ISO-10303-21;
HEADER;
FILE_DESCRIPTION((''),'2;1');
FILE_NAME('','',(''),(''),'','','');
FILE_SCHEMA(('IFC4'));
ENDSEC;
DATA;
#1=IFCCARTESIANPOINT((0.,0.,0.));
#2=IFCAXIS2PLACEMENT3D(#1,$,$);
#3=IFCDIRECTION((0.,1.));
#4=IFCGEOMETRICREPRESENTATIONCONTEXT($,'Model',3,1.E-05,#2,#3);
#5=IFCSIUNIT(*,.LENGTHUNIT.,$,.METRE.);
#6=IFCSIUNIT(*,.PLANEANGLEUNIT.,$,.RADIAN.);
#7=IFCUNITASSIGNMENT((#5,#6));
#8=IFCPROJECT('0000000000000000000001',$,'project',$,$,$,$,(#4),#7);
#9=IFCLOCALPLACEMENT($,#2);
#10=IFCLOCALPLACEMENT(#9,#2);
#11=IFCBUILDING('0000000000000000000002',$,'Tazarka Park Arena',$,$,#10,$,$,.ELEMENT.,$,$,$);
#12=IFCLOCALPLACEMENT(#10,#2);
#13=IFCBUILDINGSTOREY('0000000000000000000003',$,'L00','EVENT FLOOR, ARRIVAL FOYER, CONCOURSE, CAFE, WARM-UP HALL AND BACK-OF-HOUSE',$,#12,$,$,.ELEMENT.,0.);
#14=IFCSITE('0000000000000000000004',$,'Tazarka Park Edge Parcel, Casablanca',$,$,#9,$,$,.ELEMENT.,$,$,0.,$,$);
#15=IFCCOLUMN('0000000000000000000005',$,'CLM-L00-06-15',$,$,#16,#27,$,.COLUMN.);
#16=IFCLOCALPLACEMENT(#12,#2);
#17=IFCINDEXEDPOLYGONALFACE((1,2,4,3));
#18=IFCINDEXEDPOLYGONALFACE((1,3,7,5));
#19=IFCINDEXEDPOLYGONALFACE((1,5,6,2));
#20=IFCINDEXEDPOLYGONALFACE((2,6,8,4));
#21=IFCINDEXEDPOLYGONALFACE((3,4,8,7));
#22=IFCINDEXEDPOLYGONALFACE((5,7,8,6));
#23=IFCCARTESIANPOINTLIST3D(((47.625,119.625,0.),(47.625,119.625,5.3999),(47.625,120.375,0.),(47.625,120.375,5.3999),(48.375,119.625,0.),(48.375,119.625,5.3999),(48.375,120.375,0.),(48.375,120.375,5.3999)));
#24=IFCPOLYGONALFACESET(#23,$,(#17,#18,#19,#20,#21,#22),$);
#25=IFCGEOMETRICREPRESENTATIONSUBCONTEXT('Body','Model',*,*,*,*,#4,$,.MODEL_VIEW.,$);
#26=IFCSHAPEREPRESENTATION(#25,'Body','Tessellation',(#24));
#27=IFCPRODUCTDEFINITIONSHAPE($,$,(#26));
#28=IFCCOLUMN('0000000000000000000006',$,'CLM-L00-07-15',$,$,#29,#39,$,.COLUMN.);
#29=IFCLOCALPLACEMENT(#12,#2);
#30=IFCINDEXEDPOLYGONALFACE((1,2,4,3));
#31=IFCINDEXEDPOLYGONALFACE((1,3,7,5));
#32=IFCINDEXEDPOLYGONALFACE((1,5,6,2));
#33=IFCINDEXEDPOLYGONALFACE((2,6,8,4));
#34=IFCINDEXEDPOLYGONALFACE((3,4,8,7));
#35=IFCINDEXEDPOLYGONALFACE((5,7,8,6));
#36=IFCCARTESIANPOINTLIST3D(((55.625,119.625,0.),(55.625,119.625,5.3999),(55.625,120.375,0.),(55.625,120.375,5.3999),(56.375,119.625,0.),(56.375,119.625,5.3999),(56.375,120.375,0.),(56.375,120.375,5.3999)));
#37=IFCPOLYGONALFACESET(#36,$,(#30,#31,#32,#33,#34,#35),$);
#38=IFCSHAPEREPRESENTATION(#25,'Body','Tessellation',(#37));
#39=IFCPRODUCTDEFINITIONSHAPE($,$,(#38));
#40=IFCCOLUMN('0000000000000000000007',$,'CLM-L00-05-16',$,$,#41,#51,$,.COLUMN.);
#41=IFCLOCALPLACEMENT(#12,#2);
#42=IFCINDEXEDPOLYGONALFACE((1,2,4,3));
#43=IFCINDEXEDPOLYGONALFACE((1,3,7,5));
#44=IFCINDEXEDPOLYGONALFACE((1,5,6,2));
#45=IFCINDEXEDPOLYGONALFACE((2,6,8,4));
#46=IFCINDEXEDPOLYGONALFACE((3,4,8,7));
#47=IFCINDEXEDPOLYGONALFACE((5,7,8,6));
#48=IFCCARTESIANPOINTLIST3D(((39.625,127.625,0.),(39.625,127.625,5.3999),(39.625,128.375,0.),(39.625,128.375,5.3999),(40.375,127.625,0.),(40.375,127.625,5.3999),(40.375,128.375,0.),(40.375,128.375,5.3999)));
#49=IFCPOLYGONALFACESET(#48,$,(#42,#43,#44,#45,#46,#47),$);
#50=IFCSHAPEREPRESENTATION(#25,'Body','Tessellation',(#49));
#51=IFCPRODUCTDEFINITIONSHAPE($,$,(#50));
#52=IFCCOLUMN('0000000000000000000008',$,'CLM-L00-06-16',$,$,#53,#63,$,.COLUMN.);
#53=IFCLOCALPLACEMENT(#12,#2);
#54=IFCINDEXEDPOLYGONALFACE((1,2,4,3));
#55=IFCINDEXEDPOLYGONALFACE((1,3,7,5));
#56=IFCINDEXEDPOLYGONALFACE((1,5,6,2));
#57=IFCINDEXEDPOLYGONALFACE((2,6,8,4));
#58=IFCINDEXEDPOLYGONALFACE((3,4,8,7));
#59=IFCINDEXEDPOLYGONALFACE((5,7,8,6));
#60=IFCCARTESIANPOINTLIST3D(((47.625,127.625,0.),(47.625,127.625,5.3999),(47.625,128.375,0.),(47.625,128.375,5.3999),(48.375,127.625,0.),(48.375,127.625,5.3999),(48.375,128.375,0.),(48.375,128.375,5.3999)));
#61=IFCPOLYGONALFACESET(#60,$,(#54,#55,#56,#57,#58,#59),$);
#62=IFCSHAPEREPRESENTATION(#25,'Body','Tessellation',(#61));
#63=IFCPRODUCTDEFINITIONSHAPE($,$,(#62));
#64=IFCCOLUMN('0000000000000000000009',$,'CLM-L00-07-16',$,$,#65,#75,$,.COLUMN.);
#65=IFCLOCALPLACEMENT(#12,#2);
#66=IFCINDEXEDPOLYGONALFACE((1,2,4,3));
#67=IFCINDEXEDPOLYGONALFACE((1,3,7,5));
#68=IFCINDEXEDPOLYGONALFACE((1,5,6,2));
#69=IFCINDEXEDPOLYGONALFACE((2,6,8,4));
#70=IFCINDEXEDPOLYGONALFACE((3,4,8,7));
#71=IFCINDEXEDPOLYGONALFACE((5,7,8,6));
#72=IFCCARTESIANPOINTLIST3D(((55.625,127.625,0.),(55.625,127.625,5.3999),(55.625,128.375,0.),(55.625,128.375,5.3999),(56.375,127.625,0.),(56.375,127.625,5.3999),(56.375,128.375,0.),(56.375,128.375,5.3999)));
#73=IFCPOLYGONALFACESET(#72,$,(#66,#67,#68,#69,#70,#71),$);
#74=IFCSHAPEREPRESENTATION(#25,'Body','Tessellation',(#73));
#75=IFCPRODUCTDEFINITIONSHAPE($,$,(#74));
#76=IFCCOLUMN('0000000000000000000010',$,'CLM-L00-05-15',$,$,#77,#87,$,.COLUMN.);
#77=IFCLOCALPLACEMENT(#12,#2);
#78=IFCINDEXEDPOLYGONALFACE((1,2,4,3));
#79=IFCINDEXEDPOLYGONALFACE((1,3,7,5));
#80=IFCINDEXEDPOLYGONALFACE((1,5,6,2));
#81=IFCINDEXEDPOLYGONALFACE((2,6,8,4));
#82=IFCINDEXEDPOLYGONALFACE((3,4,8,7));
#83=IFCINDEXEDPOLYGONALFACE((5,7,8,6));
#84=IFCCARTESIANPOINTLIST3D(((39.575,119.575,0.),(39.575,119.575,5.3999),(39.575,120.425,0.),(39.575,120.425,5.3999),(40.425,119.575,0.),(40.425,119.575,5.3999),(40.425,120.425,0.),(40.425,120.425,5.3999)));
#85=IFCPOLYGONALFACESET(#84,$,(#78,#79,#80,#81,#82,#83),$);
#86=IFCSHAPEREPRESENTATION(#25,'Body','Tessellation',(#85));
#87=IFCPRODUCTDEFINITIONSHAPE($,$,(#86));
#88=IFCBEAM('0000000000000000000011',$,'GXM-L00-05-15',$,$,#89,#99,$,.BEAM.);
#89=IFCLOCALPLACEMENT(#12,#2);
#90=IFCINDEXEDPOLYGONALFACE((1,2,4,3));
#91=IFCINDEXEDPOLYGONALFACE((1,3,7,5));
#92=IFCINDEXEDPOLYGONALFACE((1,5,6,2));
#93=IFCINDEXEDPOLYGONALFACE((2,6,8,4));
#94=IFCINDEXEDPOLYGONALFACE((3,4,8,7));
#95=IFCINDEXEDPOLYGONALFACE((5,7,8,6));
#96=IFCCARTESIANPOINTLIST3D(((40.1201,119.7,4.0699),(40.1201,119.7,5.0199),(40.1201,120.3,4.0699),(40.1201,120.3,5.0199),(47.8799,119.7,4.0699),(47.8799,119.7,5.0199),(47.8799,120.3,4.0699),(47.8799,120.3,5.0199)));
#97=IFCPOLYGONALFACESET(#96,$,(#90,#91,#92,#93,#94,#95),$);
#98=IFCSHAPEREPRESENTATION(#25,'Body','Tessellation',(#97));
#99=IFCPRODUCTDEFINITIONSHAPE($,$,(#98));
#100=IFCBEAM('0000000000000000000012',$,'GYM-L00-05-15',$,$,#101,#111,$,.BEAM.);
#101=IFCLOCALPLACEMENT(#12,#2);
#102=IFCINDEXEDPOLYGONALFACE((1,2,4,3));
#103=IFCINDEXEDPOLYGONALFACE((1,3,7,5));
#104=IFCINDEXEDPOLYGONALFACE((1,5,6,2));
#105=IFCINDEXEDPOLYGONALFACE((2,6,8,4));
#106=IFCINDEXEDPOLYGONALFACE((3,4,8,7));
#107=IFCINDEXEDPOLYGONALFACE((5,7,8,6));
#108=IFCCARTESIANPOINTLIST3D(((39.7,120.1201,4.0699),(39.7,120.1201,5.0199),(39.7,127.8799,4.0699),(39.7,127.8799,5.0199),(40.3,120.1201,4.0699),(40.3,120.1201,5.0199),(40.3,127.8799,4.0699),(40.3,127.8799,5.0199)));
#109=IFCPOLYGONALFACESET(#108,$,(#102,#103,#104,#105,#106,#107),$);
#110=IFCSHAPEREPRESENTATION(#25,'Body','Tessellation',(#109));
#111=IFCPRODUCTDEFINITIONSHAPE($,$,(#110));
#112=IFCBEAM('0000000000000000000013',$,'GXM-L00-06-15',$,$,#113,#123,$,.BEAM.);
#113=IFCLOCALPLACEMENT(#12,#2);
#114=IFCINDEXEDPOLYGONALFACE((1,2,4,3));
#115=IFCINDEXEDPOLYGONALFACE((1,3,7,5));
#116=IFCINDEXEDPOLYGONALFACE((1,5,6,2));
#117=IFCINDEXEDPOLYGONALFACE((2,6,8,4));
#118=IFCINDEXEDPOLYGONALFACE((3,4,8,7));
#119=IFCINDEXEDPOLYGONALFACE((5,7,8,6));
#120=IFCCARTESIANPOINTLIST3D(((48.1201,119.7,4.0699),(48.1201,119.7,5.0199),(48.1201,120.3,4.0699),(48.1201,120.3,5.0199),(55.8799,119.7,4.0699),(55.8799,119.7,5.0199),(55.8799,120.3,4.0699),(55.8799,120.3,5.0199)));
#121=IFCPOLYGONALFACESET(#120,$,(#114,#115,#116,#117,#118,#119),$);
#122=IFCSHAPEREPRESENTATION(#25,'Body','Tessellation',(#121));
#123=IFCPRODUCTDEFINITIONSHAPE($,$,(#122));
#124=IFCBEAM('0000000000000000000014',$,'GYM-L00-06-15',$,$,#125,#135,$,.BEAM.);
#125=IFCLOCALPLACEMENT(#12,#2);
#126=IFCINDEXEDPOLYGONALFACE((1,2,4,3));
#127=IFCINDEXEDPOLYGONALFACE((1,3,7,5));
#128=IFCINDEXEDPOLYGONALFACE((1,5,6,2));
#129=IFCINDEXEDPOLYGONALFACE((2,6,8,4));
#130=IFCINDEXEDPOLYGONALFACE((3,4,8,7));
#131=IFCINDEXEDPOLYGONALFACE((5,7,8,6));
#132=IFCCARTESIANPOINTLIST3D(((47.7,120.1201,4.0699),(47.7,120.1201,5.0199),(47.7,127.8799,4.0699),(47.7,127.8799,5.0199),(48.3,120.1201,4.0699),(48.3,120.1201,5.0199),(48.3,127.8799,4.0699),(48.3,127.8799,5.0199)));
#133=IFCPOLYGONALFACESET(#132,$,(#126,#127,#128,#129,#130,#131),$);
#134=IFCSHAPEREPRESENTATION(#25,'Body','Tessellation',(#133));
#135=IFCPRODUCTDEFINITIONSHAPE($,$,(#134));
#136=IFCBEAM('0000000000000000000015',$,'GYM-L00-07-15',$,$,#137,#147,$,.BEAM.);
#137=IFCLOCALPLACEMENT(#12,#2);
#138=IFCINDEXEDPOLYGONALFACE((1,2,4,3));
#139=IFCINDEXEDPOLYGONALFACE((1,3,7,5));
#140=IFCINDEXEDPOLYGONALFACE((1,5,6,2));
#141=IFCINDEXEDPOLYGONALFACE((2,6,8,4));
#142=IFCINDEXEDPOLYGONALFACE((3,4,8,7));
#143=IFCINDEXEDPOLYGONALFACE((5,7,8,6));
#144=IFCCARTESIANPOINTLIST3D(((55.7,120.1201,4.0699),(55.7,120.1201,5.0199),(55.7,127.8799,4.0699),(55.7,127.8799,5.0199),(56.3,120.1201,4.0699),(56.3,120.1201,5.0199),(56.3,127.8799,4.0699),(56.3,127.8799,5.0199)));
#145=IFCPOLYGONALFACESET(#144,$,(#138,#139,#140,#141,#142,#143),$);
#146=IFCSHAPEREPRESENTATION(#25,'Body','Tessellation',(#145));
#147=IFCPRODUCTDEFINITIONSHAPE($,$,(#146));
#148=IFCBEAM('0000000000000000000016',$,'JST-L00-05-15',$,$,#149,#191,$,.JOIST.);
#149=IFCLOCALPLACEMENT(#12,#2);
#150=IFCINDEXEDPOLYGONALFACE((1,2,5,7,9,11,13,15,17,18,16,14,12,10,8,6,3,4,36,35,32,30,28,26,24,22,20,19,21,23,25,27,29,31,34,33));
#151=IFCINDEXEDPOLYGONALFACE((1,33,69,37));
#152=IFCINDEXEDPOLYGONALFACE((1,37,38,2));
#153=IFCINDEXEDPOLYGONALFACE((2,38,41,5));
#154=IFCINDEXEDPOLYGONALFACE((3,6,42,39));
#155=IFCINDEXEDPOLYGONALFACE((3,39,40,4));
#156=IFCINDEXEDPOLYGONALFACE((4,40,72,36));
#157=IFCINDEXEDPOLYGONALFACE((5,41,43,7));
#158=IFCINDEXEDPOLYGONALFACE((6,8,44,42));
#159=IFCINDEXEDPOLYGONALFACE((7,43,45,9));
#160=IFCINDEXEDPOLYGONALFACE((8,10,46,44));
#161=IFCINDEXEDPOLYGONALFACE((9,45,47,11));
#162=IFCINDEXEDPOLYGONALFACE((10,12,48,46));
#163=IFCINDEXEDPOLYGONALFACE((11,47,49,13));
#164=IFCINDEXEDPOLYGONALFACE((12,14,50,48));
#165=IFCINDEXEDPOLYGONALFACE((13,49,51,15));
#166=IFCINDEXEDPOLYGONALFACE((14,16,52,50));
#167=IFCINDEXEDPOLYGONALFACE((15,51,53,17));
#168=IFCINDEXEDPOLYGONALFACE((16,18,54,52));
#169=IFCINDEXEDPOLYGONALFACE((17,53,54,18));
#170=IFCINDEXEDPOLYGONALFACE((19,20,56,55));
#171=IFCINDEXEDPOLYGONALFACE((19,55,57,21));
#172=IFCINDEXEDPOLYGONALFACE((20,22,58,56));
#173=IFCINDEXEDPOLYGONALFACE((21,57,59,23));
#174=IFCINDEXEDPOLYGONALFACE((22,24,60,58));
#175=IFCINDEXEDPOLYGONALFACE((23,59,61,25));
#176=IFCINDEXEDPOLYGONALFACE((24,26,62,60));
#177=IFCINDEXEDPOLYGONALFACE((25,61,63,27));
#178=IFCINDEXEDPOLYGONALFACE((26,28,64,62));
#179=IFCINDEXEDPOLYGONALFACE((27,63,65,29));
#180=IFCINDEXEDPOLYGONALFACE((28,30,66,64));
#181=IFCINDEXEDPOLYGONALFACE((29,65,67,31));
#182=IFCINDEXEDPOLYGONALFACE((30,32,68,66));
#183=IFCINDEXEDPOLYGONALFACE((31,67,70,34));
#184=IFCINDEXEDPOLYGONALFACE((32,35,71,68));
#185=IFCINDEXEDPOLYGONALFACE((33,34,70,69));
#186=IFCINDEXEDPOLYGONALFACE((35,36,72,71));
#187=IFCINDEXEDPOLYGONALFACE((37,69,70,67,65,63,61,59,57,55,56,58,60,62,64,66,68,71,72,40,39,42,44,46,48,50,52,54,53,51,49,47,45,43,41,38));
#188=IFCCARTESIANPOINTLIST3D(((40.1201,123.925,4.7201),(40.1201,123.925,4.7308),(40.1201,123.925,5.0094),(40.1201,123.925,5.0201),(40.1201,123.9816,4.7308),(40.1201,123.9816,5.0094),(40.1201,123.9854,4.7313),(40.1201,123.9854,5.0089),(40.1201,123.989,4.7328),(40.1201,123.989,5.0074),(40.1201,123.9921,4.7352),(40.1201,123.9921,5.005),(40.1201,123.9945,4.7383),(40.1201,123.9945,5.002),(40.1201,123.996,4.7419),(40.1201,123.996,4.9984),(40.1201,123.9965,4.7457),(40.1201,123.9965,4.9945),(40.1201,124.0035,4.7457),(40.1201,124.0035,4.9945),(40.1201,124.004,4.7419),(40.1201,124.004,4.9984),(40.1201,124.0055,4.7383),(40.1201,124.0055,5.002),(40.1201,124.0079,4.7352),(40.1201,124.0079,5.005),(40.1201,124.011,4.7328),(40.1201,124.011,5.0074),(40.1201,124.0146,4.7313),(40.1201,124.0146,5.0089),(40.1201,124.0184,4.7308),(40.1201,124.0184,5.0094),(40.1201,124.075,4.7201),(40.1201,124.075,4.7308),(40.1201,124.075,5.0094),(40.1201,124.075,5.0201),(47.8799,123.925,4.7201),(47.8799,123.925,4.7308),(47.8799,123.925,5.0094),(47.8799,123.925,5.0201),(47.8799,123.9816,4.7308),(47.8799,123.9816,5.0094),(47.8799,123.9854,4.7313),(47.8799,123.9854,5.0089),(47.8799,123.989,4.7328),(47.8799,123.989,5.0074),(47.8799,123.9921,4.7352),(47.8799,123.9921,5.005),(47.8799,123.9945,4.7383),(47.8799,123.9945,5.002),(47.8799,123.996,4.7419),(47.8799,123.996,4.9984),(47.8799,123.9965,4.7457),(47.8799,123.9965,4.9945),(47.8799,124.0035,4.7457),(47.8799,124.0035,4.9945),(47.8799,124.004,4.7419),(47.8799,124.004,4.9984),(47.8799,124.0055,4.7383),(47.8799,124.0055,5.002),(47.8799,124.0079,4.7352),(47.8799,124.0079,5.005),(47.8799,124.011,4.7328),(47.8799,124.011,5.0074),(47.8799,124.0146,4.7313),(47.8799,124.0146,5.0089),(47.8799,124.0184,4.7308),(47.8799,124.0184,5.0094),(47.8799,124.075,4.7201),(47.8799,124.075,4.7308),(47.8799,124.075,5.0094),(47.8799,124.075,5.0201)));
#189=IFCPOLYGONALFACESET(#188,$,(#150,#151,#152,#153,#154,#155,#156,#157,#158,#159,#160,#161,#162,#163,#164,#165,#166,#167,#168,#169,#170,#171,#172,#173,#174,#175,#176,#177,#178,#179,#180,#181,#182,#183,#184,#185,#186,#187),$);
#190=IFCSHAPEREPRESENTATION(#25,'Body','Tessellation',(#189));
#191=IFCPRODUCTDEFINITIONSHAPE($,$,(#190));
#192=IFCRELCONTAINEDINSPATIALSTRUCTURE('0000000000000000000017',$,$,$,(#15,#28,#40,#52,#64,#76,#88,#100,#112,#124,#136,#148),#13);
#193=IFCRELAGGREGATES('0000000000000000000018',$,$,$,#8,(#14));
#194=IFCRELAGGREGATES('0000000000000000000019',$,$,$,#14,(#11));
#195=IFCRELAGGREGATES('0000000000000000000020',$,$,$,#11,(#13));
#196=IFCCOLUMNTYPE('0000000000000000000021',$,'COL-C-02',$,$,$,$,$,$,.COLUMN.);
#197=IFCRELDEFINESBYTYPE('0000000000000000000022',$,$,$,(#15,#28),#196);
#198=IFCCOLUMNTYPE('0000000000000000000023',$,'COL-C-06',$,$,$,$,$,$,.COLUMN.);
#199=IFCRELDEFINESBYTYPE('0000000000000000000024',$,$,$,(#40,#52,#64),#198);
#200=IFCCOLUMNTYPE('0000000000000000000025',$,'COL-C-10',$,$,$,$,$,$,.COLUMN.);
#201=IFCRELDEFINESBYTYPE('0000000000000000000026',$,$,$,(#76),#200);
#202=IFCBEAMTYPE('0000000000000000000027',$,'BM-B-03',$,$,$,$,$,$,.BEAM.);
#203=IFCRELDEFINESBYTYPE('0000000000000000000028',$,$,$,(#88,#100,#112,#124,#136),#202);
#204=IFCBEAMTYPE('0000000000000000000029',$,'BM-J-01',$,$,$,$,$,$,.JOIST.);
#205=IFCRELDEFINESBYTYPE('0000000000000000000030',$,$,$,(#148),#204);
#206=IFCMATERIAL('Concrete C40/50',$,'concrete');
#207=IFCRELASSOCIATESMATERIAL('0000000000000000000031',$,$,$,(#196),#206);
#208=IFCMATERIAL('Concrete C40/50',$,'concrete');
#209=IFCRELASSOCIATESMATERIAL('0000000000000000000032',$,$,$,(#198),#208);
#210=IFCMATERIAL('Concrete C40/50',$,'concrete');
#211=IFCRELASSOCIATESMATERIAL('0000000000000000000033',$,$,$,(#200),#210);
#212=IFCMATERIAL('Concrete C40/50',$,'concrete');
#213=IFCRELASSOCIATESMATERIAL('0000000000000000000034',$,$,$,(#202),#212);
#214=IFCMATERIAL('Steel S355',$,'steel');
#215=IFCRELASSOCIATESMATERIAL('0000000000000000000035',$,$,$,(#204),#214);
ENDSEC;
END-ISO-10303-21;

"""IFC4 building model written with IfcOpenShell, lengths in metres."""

from ifc_helpers import new_model, si_unit, direction, frame, origin, origin_2d, place, context, subcontext, project, spatial, rectangle, i_section, extrude, material, material_profile, profile_set, type_object, element, save


model = new_model("IFC4")

# Units and contexts
model_context = context("Model", 3, precision=1e-05, world=origin(), true_north=direction((0.0, 1.0)))
body_context = subcontext(model_context, "Body", "Model", "MODEL_VIEW")
ifc_project = project(units=[si_unit("LENGTHUNIT", "METRE"), si_unit("PLANEANGLEUNIT", "RADIAN")], contexts=[model_context])

# Site, building, storey
site_placement = place(None, origin())
site = spatial("IfcSite", under=ifc_project, at=site_placement, Name="Tazarka Park Edge Parcel, Casablanca", CompositionType="ELEMENT", RefElevation=0.0)
building_placement = place(site_placement, origin())
building = spatial("IfcBuilding", under=site, at=building_placement, Name="Tazarka Park Arena", CompositionType="ELEMENT")
storey_placement = place(building_placement, origin())
storey = spatial("IfcBuildingStorey", under=building, at=storey_placement, Name="L00", Description="EVENT FLOOR, ARRIVAL FOYER, CONCOURSE, CAFE, WARM-UP HALL AND BACK-OF-HOUSE", CompositionType="ELEMENT", Elevation=0.0)

# Columns
ifc_material_1 = material(Name="Concrete C40/50", Category="concrete")
ifc_material_profile_1 = material_profile(ifc_material_1, rectangle(XDim=0.75, YDim=0.75, at=origin_2d()), Name="Concrete C40/50")
ifc_profile_set_1 = profile_set([ifc_material_profile_1], Name="Concrete C40/50")
column_type_1 = type_object("IfcColumnType", Name="COL-C-02", PredefinedType="COLUMN", material=ifc_profile_set_1)
for number, where, z_axis, x_axis, name in (
    (1, (48.0, 120.0, 0.0), (0.0, 0.0, 1.0), (1.0, 0.0, 0.0), "CLM-L00-06-15"),
    (2, (56.0, 120.0, 0.0), (0.0, 0.0, 1.0), (1.0, 0.0, 0.0), "CLM-L00-07-15"),
):
    element("IfcColumn", number, at=place(storey_placement, frame(where, z_axis=z_axis, x_axis=x_axis)), inside=storey, type_object=column_type_1, Name=name, PredefinedType="COLUMN", context=body_context, shape_type="SweptSolid", body=[
        extrude(rectangle(XDim=0.75, YDim=0.75, at=origin_2d()), origin(), (0.0, 0.0, 1.0), 5.3999),
    ])
ifc_material_2 = material(Name="Concrete C40/50", Category="concrete")
ifc_material_profile_2 = material_profile(ifc_material_2, rectangle(XDim=0.75, YDim=0.75, at=origin_2d()), Name="Concrete C40/50")
ifc_profile_set_2 = profile_set([ifc_material_profile_2], Name="Concrete C40/50")
column_type_2 = type_object("IfcColumnType", Name="COL-C-06", PredefinedType="COLUMN", material=ifc_profile_set_2)
for number, where, z_axis, x_axis, name in (
    (3, (40.0, 128.0, 0.0), (0.0, 0.0, 1.0), (1.0, 0.0, 0.0), "CLM-L00-05-16"),
    (4, (48.0, 128.0, 0.0), (0.0, 0.0, 1.0), (1.0, 0.0, 0.0), "CLM-L00-06-16"),
    (5, (56.0, 128.0, 0.0), (0.0, 0.0, 1.0), (1.0, 0.0, 0.0), "CLM-L00-07-16"),
):
    element("IfcColumn", number, at=place(storey_placement, frame(where, z_axis=z_axis, x_axis=x_axis)), inside=storey, type_object=column_type_2, Name=name, PredefinedType="COLUMN", context=body_context, shape_type="SweptSolid", body=[
        extrude(rectangle(XDim=0.75, YDim=0.75, at=origin_2d()), origin(), (0.0, 0.0, 1.0), 5.3999),
    ])
ifc_material_3 = material(Name="Concrete C40/50", Category="concrete")
ifc_material_profile_3 = material_profile(ifc_material_3, rectangle(XDim=0.8501, YDim=0.8501, at=origin_2d()), Name="Concrete C40/50")
ifc_profile_set_3 = profile_set([ifc_material_profile_3], Name="Concrete C40/50")
column_type_3 = type_object("IfcColumnType", Name="COL-C-10", PredefinedType="COLUMN", material=ifc_profile_set_3)
column_placement = place(storey_placement, frame((40.0, 120.0, 0.0), z_axis=(0.0, 0.0, 1.0), x_axis=(1.0, 0.0, 0.0)))
element("IfcColumn", 6, at=column_placement, inside=storey, type_object=column_type_3, Name="CLM-L00-05-15", PredefinedType="COLUMN", context=body_context, shape_type="SweptSolid", body=[
    extrude(rectangle(XDim=0.8501, YDim=0.8501, at=origin_2d()), origin(), (0.0, 0.0, 1.0), 5.3999),
])

# Beams
ifc_material_4 = material(Name="Concrete C40/50", Category="concrete")
ifc_material_profile_4 = material_profile(ifc_material_4, rectangle(XDim=0.6001, YDim=0.95, at=origin_2d()), Name="Concrete C40/50")
ifc_profile_set_4 = profile_set([ifc_material_profile_4], Name="Concrete C40/50")
beam_type_1 = type_object("IfcBeamType", Name="BM-B-03", PredefinedType="BEAM", material=ifc_profile_set_4)
for number, where, z_axis, x_axis, name in (
    (7, (40.1201, 120.0, 4.5449), (1.0, 0.0, 0.0), (0.0, 1.0, 0.0), "GXM-L00-05-15"),
    (8, (40.0, 120.1201, 4.5449), (0.0, 1.0, 0.0), (-1.0, 0.0, 0.0), "GYM-L00-05-15"),
    (9, (48.1201, 120.0, 4.5449), (1.0, 0.0, 0.0), (0.0, 1.0, 0.0), "GXM-L00-06-15"),
    (10, (48.0, 120.1201, 4.5449), (0.0, 1.0, 0.0), (-1.0, 0.0, 0.0), "GYM-L00-06-15"),
    (11, (56.0, 120.1201, 4.5449), (0.0, 1.0, 0.0), (-1.0, 0.0, 0.0), "GYM-L00-07-15"),
):
    element("IfcBeam", number, at=place(storey_placement, frame(where, z_axis=z_axis, x_axis=x_axis)), inside=storey, type_object=beam_type_1, Name=name, PredefinedType="BEAM", context=body_context, shape_type="SweptSolid", body=[
        extrude(rectangle(XDim=0.6001, YDim=0.95, at=origin_2d()), origin(), (0.0, 0.0, 1.0), 7.7598),
    ])
ifc_material_5 = material(Name="Steel S355", Category="steel")
ifc_material_profile_5 = material_profile(ifc_material_5, i_section(OverallWidth=0.1499, OverallDepth=0.3, WebThickness=0.0071, FlangeThickness=0.0107, FilletRadius=0.0149, at=origin_2d()), Name="Steel S355")
ifc_profile_set_5 = profile_set([ifc_material_profile_5], Name="Steel S355")
beam_type_2 = type_object("IfcBeamType", Name="BM-J-01", PredefinedType="JOIST", material=ifc_profile_set_5)
beam_1_placement = place(storey_placement, frame((40.1201, 124.0, 4.8701), z_axis=(1.0, 0.0, 0.0), x_axis=(0.0, 1.0, 0.0)))
element("IfcBeam", 12, at=beam_1_placement, inside=storey, type_object=beam_type_2, Name="JST-L00-05-15", PredefinedType="JOIST", context=body_context, shape_type="SweptSolid", body=[
    extrude(i_section(OverallWidth=0.1499, OverallDepth=0.3, WebThickness=0.0071, FlangeThickness=0.0107, FilletRadius=0.0149, at=origin_2d()), origin(), (0.0, 0.0, 1.0), 7.7598),
])

save(model, "model.ifc")
